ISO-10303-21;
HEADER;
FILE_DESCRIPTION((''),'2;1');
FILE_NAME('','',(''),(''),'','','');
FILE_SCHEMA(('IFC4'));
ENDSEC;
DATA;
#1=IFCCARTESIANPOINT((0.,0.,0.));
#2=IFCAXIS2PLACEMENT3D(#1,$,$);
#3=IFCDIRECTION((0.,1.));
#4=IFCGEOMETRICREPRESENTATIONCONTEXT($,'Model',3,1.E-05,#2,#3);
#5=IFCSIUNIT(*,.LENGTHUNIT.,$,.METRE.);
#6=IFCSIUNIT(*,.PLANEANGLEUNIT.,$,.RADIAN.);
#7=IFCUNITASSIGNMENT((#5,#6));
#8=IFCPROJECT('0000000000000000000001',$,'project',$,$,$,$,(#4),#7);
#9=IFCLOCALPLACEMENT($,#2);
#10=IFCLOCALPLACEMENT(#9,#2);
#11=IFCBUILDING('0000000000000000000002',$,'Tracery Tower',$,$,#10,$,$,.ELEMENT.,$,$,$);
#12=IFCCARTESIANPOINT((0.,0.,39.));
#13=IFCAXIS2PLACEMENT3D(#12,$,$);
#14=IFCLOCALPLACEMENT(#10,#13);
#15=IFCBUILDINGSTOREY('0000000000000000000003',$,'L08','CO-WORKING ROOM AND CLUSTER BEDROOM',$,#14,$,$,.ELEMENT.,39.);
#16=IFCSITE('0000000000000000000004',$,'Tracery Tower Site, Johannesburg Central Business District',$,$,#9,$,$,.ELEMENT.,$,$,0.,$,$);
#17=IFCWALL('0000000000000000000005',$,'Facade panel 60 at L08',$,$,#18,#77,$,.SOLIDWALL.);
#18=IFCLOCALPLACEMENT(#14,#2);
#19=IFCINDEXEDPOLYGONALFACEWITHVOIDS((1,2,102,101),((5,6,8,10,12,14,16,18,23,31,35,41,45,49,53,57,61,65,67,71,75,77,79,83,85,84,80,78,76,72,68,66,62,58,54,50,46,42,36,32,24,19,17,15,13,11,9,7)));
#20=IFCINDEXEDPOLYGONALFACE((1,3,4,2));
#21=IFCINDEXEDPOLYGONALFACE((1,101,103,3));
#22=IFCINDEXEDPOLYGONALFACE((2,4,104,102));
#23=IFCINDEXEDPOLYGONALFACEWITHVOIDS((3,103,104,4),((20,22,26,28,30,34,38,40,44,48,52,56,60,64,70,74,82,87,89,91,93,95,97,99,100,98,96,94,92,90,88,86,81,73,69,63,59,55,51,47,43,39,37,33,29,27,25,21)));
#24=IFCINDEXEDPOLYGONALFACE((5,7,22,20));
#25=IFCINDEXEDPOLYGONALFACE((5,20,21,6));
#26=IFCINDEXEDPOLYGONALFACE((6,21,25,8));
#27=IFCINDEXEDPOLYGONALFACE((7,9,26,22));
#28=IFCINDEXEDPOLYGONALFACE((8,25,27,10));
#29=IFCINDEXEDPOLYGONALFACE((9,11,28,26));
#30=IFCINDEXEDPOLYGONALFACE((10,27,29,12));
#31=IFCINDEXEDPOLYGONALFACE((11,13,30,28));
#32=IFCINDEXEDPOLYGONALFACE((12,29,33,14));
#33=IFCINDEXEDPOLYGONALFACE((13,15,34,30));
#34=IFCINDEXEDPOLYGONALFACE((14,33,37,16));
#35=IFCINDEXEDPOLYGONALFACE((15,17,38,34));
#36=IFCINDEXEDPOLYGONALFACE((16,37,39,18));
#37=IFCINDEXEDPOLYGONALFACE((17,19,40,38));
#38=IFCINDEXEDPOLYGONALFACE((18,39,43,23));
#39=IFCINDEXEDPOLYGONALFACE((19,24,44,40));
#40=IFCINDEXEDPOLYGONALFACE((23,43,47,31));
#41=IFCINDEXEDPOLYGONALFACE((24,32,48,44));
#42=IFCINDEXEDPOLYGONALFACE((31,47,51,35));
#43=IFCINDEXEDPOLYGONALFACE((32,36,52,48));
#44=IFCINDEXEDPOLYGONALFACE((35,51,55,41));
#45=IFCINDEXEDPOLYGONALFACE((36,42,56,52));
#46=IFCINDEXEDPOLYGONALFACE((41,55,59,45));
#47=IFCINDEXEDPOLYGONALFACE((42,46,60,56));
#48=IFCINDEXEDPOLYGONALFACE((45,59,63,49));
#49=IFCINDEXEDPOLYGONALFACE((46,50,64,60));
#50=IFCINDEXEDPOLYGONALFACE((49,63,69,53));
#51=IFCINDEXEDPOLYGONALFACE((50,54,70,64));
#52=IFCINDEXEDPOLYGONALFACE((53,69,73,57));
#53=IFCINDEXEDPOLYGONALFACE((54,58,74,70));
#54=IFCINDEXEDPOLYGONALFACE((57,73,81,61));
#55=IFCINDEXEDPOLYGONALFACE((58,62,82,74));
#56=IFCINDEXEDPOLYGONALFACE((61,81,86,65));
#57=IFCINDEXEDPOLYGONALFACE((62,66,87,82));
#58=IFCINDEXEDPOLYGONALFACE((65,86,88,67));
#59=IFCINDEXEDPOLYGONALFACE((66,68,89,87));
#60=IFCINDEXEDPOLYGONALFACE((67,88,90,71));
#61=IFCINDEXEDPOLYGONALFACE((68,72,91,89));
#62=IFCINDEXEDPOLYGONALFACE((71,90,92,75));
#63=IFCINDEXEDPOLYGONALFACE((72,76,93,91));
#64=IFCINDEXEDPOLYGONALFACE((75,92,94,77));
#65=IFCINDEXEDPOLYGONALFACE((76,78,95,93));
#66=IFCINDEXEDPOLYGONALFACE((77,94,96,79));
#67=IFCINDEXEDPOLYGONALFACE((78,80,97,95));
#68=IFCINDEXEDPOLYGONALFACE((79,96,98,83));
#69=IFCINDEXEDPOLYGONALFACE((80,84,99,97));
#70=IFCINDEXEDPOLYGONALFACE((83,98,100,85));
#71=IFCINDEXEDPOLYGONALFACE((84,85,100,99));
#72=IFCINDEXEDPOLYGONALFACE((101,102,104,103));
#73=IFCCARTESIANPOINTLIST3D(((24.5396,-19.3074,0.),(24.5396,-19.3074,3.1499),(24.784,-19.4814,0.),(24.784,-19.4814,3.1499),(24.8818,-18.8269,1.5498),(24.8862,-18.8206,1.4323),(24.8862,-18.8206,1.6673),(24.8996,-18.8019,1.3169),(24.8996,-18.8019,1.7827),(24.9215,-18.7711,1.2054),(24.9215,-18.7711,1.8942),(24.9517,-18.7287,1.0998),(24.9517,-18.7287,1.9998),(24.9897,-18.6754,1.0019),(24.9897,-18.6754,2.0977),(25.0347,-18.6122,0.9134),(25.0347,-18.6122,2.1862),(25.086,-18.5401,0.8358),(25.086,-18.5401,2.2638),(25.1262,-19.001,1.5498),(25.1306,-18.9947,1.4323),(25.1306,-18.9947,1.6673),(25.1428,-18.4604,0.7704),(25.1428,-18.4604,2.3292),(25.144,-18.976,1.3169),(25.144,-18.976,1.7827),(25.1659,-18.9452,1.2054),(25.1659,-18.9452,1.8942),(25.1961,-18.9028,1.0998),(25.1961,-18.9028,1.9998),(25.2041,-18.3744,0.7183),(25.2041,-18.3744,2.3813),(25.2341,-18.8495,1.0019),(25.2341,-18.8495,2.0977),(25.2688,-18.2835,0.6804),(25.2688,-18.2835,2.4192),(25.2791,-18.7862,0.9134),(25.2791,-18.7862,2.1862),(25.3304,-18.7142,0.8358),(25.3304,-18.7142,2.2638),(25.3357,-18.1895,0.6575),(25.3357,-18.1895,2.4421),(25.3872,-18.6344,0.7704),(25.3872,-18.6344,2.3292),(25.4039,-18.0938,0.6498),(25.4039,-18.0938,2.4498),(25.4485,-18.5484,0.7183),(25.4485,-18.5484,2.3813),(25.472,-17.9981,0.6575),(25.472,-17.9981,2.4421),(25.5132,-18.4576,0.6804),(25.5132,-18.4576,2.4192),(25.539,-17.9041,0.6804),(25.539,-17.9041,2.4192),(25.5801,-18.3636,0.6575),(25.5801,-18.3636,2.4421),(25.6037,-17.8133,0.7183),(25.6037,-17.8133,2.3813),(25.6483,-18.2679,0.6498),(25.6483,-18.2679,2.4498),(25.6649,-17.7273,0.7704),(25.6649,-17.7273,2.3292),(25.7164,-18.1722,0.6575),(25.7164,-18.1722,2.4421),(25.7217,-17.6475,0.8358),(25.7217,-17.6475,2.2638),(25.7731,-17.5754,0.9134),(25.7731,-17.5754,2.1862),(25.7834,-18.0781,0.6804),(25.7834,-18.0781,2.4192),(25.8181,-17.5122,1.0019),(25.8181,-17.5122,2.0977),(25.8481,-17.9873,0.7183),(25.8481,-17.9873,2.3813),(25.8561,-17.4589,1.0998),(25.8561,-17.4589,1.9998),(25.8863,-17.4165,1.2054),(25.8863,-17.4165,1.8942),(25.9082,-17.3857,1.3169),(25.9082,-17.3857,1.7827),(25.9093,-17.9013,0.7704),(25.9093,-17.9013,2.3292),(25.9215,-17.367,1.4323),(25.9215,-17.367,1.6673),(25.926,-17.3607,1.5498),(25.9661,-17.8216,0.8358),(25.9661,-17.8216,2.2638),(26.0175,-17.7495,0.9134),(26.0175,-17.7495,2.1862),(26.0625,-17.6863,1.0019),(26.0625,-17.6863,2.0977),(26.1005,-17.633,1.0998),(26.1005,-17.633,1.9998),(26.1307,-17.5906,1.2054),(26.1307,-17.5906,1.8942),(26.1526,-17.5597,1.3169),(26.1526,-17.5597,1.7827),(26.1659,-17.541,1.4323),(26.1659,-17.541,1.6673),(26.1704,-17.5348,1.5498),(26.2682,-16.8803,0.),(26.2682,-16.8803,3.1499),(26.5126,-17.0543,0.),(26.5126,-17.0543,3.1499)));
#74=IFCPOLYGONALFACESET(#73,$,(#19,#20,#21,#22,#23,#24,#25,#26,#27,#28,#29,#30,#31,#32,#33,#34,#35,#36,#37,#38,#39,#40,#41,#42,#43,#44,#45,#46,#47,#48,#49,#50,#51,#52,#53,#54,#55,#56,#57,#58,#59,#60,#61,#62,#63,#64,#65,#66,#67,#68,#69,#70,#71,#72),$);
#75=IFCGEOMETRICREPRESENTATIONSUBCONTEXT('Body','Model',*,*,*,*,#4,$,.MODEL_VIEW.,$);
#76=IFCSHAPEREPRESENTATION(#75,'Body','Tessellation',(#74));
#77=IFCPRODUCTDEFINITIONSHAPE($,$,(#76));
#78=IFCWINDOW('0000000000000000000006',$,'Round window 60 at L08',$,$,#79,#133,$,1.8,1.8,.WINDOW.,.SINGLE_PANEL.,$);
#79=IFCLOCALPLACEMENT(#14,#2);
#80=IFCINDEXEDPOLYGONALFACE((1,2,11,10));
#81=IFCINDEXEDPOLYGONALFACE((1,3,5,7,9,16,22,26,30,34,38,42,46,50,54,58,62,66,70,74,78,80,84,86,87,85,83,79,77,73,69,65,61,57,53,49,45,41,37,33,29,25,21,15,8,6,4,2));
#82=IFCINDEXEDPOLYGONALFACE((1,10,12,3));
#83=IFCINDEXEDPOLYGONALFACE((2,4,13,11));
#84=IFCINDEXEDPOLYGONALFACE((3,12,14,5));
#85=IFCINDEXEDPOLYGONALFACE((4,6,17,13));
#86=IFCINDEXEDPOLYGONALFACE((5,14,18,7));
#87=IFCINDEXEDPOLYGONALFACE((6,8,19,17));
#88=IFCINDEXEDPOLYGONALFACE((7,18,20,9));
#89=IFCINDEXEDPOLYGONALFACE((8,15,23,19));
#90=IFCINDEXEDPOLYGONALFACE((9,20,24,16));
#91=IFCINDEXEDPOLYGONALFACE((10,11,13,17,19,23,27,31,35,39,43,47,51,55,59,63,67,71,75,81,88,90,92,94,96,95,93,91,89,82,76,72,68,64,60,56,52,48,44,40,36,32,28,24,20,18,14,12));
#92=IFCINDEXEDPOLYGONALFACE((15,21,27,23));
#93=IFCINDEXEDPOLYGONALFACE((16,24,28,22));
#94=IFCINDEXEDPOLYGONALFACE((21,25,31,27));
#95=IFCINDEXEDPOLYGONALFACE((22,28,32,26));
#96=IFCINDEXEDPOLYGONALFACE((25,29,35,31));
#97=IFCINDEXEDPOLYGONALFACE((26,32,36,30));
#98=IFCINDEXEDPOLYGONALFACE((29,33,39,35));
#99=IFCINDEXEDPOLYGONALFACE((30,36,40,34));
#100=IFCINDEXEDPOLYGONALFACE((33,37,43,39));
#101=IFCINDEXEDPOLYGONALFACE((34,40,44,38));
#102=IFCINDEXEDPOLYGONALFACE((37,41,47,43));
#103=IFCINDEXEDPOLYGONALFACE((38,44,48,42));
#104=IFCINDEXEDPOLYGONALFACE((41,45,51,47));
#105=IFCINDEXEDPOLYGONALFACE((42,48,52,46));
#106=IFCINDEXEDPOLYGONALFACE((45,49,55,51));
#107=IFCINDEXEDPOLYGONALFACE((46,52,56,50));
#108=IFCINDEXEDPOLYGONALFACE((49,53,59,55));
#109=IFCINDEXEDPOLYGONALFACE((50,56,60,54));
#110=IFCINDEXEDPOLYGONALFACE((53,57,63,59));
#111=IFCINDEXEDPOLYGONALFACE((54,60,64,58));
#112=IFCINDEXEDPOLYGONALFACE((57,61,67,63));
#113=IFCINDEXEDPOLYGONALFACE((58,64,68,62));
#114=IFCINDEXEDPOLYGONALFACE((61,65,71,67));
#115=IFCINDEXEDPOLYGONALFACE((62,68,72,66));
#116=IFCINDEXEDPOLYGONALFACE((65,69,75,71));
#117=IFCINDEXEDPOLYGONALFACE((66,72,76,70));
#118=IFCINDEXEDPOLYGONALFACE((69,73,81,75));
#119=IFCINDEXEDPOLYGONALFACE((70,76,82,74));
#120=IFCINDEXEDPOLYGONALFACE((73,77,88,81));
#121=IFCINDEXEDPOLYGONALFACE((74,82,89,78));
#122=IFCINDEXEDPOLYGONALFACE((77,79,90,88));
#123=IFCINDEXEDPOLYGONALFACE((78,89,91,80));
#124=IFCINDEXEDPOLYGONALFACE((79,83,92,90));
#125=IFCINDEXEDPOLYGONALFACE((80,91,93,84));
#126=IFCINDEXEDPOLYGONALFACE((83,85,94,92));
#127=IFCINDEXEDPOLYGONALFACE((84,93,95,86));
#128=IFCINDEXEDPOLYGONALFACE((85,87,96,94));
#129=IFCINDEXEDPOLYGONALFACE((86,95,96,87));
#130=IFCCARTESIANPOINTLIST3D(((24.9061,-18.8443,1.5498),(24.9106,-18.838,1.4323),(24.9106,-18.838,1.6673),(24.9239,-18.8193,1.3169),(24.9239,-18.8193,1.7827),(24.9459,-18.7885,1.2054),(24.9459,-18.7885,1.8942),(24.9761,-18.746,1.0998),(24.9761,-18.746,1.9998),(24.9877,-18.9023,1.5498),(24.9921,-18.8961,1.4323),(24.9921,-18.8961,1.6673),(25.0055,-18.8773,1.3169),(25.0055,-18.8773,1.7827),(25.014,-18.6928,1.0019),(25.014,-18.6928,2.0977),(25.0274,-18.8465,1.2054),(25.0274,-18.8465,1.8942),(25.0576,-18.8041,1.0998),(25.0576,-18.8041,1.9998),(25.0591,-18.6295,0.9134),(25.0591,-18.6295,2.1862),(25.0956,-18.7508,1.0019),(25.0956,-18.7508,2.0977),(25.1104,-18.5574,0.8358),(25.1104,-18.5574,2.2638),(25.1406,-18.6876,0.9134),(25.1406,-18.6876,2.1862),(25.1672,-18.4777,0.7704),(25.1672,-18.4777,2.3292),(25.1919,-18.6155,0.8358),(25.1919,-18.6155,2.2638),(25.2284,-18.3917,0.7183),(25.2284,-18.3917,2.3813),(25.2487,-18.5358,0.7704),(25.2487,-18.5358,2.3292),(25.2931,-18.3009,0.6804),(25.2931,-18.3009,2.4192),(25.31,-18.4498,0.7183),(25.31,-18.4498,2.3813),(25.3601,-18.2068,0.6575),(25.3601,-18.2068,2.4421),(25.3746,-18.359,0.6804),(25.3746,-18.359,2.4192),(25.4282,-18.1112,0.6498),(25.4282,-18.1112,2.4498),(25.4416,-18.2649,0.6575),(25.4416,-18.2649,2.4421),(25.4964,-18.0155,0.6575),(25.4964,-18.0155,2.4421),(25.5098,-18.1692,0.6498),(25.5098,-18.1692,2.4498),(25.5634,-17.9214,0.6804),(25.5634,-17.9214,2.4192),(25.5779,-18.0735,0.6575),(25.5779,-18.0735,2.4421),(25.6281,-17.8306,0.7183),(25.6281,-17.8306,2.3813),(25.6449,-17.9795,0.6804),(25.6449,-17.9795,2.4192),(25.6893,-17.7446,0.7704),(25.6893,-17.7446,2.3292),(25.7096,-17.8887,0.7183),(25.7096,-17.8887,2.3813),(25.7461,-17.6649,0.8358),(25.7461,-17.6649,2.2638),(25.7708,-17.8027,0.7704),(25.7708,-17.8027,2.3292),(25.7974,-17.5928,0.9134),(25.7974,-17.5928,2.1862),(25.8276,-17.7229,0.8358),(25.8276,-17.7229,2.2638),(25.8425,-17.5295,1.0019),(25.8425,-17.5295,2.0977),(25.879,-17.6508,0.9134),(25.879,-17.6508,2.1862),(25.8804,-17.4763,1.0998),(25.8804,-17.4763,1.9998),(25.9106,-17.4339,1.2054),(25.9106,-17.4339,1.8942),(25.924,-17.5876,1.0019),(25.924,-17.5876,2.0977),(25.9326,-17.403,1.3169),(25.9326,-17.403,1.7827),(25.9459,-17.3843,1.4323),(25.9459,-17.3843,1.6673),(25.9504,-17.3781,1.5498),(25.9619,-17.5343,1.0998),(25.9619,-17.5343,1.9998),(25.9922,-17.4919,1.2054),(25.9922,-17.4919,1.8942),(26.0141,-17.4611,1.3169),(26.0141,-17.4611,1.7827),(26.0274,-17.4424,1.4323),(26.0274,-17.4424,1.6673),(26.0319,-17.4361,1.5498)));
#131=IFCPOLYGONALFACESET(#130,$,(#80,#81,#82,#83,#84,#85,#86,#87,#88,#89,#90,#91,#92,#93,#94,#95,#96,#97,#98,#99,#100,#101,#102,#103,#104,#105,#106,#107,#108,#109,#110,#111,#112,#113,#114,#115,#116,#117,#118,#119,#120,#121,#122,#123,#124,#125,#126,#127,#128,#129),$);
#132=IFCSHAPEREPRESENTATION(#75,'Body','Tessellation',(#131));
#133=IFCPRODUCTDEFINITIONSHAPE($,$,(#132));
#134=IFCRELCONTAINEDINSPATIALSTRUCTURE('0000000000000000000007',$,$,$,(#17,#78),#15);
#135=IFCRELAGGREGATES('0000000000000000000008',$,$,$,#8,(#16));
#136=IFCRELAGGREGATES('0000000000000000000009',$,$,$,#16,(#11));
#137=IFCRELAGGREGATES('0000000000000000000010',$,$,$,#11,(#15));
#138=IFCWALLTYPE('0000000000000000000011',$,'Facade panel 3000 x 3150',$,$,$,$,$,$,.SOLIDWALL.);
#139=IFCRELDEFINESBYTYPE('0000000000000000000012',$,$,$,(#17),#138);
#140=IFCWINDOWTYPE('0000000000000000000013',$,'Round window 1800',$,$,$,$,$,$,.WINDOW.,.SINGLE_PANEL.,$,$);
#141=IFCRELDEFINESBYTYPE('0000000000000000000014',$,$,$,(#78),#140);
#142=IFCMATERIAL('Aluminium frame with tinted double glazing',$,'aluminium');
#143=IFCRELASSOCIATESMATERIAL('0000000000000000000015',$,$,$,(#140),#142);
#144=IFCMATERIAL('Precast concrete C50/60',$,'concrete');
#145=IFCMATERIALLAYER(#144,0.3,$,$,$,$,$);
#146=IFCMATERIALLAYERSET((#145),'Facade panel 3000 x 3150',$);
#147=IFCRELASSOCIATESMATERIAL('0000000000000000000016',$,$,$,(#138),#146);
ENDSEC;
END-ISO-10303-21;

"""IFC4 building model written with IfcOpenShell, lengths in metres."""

from ifc_helpers import new_model, si_unit, direction, frame, frame_2d, origin, origin_2d, place, context, subcontext, project, spatial, rectangle, circle, extrude, material, layer, layer_set, type_object, element, fill, save


model = new_model("IFC4")

# Units and contexts
model_context = context("Model", 3, precision=1e-05, world=origin(), true_north=direction((0.0, 1.0)))
body_context = subcontext(model_context, "Body", "Model", "MODEL_VIEW")
ifc_project = project(units=[si_unit("LENGTHUNIT", "METRE"), si_unit("PLANEANGLEUNIT", "RADIAN")], contexts=[model_context])

# Site, building, storey
site_placement = place(None, origin())
site = spatial("IfcSite", under=ifc_project, at=site_placement, Name="Tracery Tower Site, Johannesburg Central Business District", CompositionType="ELEMENT", RefElevation=0.0)
building_placement = place(site_placement, origin())
building = spatial("IfcBuilding", under=site, at=building_placement, Name="Tracery Tower", CompositionType="ELEMENT")
storey_placement = place(building_placement, frame((0.0, 0.0, 39.0)))
storey = spatial("IfcBuildingStorey", under=building, at=storey_placement, Name="L08", Description="CO-WORKING ROOM AND CLUSTER BEDROOM", CompositionType="ELEMENT", Elevation=39.0)

# Wall, opening, window
ifc_material_1 = material(Name="Aluminium frame with tinted double glazing", Category="aluminium")
window_type = type_object("IfcWindowType", Name="Round window 1800", PartitioningType="SINGLE_PANEL", PredefinedType="WINDOW", material=ifc_material_1)
ifc_material_2 = material(Name="Precast concrete C50/60", Category="concrete")
ifc_layer_1 = layer(ifc_material_2, 0.3)
ifc_layer_set_1 = layer_set([ifc_layer_1], Name="Facade panel 3000 x 3150")
wall_type_1 = type_object("IfcWallType", Name="Facade panel 3000 x 3150", PredefinedType="SOLIDWALL", material=ifc_layer_set_1)
wall_1_placement = place(storey_placement, frame((24.6619, -19.3943, 0.0), z_axis=(0.0, 0.0, 1.0), x_axis=(0.580114, 0.814535, 0.0)))
wall_1 = element("IfcWall", 1, at=wall_1_placement, inside=storey, type_object=wall_type_1, Name="Facade panel 60 at L08", PredefinedType="SOLIDWALL", context=body_context, shape_type="SweptSolid", body=[
    extrude(rectangle(XDim=2.9797, YDim=0.3, at=frame_2d((1.4897, 0.0))), origin(), (0.0, 0.0, 1.0), 3.1499),
])
opening_1_placement = place(wall_1_placement, frame((1.4897, 0.0, 1.5498)))
opening_1 = element("IfcOpeningElement", 2, at=opening_1_placement, cuts=wall_1, PredefinedType="OPENING", context=body_context, shape_type="SweptSolid", body=[
    extrude(circle(Radius=0.9, at=origin_2d()), frame((0.0, 0.1599, 0.0), z_axis=(0.0, -1.0, 0.0), x_axis=(1.0, 0.0, 0.0)), (0.0, 0.0, 1.0), 0.3201),
])
window_1_placement = place(opening_1_placement, origin())
window_1 = element("IfcWindow", 3, at=window_1_placement, inside=storey, type_object=window_type, Name="Round window 60 at L08", OverallHeight=1.8, OverallWidth=1.8, PartitioningType="SINGLE_PANEL", PredefinedType="WINDOW", context=body_context, shape_type="SweptSolid", body=[
    extrude(circle(Radius=0.9, at=origin_2d()), frame((0.0, 0.1201, 0.0), z_axis=(0.0, -1.0, 0.0), x_axis=(1.0, 0.0, 0.0)), (0.0, 0.0, 1.0), 0.1001),
])
fill(opening_1, window_1)

save(model, "model.ifc")
